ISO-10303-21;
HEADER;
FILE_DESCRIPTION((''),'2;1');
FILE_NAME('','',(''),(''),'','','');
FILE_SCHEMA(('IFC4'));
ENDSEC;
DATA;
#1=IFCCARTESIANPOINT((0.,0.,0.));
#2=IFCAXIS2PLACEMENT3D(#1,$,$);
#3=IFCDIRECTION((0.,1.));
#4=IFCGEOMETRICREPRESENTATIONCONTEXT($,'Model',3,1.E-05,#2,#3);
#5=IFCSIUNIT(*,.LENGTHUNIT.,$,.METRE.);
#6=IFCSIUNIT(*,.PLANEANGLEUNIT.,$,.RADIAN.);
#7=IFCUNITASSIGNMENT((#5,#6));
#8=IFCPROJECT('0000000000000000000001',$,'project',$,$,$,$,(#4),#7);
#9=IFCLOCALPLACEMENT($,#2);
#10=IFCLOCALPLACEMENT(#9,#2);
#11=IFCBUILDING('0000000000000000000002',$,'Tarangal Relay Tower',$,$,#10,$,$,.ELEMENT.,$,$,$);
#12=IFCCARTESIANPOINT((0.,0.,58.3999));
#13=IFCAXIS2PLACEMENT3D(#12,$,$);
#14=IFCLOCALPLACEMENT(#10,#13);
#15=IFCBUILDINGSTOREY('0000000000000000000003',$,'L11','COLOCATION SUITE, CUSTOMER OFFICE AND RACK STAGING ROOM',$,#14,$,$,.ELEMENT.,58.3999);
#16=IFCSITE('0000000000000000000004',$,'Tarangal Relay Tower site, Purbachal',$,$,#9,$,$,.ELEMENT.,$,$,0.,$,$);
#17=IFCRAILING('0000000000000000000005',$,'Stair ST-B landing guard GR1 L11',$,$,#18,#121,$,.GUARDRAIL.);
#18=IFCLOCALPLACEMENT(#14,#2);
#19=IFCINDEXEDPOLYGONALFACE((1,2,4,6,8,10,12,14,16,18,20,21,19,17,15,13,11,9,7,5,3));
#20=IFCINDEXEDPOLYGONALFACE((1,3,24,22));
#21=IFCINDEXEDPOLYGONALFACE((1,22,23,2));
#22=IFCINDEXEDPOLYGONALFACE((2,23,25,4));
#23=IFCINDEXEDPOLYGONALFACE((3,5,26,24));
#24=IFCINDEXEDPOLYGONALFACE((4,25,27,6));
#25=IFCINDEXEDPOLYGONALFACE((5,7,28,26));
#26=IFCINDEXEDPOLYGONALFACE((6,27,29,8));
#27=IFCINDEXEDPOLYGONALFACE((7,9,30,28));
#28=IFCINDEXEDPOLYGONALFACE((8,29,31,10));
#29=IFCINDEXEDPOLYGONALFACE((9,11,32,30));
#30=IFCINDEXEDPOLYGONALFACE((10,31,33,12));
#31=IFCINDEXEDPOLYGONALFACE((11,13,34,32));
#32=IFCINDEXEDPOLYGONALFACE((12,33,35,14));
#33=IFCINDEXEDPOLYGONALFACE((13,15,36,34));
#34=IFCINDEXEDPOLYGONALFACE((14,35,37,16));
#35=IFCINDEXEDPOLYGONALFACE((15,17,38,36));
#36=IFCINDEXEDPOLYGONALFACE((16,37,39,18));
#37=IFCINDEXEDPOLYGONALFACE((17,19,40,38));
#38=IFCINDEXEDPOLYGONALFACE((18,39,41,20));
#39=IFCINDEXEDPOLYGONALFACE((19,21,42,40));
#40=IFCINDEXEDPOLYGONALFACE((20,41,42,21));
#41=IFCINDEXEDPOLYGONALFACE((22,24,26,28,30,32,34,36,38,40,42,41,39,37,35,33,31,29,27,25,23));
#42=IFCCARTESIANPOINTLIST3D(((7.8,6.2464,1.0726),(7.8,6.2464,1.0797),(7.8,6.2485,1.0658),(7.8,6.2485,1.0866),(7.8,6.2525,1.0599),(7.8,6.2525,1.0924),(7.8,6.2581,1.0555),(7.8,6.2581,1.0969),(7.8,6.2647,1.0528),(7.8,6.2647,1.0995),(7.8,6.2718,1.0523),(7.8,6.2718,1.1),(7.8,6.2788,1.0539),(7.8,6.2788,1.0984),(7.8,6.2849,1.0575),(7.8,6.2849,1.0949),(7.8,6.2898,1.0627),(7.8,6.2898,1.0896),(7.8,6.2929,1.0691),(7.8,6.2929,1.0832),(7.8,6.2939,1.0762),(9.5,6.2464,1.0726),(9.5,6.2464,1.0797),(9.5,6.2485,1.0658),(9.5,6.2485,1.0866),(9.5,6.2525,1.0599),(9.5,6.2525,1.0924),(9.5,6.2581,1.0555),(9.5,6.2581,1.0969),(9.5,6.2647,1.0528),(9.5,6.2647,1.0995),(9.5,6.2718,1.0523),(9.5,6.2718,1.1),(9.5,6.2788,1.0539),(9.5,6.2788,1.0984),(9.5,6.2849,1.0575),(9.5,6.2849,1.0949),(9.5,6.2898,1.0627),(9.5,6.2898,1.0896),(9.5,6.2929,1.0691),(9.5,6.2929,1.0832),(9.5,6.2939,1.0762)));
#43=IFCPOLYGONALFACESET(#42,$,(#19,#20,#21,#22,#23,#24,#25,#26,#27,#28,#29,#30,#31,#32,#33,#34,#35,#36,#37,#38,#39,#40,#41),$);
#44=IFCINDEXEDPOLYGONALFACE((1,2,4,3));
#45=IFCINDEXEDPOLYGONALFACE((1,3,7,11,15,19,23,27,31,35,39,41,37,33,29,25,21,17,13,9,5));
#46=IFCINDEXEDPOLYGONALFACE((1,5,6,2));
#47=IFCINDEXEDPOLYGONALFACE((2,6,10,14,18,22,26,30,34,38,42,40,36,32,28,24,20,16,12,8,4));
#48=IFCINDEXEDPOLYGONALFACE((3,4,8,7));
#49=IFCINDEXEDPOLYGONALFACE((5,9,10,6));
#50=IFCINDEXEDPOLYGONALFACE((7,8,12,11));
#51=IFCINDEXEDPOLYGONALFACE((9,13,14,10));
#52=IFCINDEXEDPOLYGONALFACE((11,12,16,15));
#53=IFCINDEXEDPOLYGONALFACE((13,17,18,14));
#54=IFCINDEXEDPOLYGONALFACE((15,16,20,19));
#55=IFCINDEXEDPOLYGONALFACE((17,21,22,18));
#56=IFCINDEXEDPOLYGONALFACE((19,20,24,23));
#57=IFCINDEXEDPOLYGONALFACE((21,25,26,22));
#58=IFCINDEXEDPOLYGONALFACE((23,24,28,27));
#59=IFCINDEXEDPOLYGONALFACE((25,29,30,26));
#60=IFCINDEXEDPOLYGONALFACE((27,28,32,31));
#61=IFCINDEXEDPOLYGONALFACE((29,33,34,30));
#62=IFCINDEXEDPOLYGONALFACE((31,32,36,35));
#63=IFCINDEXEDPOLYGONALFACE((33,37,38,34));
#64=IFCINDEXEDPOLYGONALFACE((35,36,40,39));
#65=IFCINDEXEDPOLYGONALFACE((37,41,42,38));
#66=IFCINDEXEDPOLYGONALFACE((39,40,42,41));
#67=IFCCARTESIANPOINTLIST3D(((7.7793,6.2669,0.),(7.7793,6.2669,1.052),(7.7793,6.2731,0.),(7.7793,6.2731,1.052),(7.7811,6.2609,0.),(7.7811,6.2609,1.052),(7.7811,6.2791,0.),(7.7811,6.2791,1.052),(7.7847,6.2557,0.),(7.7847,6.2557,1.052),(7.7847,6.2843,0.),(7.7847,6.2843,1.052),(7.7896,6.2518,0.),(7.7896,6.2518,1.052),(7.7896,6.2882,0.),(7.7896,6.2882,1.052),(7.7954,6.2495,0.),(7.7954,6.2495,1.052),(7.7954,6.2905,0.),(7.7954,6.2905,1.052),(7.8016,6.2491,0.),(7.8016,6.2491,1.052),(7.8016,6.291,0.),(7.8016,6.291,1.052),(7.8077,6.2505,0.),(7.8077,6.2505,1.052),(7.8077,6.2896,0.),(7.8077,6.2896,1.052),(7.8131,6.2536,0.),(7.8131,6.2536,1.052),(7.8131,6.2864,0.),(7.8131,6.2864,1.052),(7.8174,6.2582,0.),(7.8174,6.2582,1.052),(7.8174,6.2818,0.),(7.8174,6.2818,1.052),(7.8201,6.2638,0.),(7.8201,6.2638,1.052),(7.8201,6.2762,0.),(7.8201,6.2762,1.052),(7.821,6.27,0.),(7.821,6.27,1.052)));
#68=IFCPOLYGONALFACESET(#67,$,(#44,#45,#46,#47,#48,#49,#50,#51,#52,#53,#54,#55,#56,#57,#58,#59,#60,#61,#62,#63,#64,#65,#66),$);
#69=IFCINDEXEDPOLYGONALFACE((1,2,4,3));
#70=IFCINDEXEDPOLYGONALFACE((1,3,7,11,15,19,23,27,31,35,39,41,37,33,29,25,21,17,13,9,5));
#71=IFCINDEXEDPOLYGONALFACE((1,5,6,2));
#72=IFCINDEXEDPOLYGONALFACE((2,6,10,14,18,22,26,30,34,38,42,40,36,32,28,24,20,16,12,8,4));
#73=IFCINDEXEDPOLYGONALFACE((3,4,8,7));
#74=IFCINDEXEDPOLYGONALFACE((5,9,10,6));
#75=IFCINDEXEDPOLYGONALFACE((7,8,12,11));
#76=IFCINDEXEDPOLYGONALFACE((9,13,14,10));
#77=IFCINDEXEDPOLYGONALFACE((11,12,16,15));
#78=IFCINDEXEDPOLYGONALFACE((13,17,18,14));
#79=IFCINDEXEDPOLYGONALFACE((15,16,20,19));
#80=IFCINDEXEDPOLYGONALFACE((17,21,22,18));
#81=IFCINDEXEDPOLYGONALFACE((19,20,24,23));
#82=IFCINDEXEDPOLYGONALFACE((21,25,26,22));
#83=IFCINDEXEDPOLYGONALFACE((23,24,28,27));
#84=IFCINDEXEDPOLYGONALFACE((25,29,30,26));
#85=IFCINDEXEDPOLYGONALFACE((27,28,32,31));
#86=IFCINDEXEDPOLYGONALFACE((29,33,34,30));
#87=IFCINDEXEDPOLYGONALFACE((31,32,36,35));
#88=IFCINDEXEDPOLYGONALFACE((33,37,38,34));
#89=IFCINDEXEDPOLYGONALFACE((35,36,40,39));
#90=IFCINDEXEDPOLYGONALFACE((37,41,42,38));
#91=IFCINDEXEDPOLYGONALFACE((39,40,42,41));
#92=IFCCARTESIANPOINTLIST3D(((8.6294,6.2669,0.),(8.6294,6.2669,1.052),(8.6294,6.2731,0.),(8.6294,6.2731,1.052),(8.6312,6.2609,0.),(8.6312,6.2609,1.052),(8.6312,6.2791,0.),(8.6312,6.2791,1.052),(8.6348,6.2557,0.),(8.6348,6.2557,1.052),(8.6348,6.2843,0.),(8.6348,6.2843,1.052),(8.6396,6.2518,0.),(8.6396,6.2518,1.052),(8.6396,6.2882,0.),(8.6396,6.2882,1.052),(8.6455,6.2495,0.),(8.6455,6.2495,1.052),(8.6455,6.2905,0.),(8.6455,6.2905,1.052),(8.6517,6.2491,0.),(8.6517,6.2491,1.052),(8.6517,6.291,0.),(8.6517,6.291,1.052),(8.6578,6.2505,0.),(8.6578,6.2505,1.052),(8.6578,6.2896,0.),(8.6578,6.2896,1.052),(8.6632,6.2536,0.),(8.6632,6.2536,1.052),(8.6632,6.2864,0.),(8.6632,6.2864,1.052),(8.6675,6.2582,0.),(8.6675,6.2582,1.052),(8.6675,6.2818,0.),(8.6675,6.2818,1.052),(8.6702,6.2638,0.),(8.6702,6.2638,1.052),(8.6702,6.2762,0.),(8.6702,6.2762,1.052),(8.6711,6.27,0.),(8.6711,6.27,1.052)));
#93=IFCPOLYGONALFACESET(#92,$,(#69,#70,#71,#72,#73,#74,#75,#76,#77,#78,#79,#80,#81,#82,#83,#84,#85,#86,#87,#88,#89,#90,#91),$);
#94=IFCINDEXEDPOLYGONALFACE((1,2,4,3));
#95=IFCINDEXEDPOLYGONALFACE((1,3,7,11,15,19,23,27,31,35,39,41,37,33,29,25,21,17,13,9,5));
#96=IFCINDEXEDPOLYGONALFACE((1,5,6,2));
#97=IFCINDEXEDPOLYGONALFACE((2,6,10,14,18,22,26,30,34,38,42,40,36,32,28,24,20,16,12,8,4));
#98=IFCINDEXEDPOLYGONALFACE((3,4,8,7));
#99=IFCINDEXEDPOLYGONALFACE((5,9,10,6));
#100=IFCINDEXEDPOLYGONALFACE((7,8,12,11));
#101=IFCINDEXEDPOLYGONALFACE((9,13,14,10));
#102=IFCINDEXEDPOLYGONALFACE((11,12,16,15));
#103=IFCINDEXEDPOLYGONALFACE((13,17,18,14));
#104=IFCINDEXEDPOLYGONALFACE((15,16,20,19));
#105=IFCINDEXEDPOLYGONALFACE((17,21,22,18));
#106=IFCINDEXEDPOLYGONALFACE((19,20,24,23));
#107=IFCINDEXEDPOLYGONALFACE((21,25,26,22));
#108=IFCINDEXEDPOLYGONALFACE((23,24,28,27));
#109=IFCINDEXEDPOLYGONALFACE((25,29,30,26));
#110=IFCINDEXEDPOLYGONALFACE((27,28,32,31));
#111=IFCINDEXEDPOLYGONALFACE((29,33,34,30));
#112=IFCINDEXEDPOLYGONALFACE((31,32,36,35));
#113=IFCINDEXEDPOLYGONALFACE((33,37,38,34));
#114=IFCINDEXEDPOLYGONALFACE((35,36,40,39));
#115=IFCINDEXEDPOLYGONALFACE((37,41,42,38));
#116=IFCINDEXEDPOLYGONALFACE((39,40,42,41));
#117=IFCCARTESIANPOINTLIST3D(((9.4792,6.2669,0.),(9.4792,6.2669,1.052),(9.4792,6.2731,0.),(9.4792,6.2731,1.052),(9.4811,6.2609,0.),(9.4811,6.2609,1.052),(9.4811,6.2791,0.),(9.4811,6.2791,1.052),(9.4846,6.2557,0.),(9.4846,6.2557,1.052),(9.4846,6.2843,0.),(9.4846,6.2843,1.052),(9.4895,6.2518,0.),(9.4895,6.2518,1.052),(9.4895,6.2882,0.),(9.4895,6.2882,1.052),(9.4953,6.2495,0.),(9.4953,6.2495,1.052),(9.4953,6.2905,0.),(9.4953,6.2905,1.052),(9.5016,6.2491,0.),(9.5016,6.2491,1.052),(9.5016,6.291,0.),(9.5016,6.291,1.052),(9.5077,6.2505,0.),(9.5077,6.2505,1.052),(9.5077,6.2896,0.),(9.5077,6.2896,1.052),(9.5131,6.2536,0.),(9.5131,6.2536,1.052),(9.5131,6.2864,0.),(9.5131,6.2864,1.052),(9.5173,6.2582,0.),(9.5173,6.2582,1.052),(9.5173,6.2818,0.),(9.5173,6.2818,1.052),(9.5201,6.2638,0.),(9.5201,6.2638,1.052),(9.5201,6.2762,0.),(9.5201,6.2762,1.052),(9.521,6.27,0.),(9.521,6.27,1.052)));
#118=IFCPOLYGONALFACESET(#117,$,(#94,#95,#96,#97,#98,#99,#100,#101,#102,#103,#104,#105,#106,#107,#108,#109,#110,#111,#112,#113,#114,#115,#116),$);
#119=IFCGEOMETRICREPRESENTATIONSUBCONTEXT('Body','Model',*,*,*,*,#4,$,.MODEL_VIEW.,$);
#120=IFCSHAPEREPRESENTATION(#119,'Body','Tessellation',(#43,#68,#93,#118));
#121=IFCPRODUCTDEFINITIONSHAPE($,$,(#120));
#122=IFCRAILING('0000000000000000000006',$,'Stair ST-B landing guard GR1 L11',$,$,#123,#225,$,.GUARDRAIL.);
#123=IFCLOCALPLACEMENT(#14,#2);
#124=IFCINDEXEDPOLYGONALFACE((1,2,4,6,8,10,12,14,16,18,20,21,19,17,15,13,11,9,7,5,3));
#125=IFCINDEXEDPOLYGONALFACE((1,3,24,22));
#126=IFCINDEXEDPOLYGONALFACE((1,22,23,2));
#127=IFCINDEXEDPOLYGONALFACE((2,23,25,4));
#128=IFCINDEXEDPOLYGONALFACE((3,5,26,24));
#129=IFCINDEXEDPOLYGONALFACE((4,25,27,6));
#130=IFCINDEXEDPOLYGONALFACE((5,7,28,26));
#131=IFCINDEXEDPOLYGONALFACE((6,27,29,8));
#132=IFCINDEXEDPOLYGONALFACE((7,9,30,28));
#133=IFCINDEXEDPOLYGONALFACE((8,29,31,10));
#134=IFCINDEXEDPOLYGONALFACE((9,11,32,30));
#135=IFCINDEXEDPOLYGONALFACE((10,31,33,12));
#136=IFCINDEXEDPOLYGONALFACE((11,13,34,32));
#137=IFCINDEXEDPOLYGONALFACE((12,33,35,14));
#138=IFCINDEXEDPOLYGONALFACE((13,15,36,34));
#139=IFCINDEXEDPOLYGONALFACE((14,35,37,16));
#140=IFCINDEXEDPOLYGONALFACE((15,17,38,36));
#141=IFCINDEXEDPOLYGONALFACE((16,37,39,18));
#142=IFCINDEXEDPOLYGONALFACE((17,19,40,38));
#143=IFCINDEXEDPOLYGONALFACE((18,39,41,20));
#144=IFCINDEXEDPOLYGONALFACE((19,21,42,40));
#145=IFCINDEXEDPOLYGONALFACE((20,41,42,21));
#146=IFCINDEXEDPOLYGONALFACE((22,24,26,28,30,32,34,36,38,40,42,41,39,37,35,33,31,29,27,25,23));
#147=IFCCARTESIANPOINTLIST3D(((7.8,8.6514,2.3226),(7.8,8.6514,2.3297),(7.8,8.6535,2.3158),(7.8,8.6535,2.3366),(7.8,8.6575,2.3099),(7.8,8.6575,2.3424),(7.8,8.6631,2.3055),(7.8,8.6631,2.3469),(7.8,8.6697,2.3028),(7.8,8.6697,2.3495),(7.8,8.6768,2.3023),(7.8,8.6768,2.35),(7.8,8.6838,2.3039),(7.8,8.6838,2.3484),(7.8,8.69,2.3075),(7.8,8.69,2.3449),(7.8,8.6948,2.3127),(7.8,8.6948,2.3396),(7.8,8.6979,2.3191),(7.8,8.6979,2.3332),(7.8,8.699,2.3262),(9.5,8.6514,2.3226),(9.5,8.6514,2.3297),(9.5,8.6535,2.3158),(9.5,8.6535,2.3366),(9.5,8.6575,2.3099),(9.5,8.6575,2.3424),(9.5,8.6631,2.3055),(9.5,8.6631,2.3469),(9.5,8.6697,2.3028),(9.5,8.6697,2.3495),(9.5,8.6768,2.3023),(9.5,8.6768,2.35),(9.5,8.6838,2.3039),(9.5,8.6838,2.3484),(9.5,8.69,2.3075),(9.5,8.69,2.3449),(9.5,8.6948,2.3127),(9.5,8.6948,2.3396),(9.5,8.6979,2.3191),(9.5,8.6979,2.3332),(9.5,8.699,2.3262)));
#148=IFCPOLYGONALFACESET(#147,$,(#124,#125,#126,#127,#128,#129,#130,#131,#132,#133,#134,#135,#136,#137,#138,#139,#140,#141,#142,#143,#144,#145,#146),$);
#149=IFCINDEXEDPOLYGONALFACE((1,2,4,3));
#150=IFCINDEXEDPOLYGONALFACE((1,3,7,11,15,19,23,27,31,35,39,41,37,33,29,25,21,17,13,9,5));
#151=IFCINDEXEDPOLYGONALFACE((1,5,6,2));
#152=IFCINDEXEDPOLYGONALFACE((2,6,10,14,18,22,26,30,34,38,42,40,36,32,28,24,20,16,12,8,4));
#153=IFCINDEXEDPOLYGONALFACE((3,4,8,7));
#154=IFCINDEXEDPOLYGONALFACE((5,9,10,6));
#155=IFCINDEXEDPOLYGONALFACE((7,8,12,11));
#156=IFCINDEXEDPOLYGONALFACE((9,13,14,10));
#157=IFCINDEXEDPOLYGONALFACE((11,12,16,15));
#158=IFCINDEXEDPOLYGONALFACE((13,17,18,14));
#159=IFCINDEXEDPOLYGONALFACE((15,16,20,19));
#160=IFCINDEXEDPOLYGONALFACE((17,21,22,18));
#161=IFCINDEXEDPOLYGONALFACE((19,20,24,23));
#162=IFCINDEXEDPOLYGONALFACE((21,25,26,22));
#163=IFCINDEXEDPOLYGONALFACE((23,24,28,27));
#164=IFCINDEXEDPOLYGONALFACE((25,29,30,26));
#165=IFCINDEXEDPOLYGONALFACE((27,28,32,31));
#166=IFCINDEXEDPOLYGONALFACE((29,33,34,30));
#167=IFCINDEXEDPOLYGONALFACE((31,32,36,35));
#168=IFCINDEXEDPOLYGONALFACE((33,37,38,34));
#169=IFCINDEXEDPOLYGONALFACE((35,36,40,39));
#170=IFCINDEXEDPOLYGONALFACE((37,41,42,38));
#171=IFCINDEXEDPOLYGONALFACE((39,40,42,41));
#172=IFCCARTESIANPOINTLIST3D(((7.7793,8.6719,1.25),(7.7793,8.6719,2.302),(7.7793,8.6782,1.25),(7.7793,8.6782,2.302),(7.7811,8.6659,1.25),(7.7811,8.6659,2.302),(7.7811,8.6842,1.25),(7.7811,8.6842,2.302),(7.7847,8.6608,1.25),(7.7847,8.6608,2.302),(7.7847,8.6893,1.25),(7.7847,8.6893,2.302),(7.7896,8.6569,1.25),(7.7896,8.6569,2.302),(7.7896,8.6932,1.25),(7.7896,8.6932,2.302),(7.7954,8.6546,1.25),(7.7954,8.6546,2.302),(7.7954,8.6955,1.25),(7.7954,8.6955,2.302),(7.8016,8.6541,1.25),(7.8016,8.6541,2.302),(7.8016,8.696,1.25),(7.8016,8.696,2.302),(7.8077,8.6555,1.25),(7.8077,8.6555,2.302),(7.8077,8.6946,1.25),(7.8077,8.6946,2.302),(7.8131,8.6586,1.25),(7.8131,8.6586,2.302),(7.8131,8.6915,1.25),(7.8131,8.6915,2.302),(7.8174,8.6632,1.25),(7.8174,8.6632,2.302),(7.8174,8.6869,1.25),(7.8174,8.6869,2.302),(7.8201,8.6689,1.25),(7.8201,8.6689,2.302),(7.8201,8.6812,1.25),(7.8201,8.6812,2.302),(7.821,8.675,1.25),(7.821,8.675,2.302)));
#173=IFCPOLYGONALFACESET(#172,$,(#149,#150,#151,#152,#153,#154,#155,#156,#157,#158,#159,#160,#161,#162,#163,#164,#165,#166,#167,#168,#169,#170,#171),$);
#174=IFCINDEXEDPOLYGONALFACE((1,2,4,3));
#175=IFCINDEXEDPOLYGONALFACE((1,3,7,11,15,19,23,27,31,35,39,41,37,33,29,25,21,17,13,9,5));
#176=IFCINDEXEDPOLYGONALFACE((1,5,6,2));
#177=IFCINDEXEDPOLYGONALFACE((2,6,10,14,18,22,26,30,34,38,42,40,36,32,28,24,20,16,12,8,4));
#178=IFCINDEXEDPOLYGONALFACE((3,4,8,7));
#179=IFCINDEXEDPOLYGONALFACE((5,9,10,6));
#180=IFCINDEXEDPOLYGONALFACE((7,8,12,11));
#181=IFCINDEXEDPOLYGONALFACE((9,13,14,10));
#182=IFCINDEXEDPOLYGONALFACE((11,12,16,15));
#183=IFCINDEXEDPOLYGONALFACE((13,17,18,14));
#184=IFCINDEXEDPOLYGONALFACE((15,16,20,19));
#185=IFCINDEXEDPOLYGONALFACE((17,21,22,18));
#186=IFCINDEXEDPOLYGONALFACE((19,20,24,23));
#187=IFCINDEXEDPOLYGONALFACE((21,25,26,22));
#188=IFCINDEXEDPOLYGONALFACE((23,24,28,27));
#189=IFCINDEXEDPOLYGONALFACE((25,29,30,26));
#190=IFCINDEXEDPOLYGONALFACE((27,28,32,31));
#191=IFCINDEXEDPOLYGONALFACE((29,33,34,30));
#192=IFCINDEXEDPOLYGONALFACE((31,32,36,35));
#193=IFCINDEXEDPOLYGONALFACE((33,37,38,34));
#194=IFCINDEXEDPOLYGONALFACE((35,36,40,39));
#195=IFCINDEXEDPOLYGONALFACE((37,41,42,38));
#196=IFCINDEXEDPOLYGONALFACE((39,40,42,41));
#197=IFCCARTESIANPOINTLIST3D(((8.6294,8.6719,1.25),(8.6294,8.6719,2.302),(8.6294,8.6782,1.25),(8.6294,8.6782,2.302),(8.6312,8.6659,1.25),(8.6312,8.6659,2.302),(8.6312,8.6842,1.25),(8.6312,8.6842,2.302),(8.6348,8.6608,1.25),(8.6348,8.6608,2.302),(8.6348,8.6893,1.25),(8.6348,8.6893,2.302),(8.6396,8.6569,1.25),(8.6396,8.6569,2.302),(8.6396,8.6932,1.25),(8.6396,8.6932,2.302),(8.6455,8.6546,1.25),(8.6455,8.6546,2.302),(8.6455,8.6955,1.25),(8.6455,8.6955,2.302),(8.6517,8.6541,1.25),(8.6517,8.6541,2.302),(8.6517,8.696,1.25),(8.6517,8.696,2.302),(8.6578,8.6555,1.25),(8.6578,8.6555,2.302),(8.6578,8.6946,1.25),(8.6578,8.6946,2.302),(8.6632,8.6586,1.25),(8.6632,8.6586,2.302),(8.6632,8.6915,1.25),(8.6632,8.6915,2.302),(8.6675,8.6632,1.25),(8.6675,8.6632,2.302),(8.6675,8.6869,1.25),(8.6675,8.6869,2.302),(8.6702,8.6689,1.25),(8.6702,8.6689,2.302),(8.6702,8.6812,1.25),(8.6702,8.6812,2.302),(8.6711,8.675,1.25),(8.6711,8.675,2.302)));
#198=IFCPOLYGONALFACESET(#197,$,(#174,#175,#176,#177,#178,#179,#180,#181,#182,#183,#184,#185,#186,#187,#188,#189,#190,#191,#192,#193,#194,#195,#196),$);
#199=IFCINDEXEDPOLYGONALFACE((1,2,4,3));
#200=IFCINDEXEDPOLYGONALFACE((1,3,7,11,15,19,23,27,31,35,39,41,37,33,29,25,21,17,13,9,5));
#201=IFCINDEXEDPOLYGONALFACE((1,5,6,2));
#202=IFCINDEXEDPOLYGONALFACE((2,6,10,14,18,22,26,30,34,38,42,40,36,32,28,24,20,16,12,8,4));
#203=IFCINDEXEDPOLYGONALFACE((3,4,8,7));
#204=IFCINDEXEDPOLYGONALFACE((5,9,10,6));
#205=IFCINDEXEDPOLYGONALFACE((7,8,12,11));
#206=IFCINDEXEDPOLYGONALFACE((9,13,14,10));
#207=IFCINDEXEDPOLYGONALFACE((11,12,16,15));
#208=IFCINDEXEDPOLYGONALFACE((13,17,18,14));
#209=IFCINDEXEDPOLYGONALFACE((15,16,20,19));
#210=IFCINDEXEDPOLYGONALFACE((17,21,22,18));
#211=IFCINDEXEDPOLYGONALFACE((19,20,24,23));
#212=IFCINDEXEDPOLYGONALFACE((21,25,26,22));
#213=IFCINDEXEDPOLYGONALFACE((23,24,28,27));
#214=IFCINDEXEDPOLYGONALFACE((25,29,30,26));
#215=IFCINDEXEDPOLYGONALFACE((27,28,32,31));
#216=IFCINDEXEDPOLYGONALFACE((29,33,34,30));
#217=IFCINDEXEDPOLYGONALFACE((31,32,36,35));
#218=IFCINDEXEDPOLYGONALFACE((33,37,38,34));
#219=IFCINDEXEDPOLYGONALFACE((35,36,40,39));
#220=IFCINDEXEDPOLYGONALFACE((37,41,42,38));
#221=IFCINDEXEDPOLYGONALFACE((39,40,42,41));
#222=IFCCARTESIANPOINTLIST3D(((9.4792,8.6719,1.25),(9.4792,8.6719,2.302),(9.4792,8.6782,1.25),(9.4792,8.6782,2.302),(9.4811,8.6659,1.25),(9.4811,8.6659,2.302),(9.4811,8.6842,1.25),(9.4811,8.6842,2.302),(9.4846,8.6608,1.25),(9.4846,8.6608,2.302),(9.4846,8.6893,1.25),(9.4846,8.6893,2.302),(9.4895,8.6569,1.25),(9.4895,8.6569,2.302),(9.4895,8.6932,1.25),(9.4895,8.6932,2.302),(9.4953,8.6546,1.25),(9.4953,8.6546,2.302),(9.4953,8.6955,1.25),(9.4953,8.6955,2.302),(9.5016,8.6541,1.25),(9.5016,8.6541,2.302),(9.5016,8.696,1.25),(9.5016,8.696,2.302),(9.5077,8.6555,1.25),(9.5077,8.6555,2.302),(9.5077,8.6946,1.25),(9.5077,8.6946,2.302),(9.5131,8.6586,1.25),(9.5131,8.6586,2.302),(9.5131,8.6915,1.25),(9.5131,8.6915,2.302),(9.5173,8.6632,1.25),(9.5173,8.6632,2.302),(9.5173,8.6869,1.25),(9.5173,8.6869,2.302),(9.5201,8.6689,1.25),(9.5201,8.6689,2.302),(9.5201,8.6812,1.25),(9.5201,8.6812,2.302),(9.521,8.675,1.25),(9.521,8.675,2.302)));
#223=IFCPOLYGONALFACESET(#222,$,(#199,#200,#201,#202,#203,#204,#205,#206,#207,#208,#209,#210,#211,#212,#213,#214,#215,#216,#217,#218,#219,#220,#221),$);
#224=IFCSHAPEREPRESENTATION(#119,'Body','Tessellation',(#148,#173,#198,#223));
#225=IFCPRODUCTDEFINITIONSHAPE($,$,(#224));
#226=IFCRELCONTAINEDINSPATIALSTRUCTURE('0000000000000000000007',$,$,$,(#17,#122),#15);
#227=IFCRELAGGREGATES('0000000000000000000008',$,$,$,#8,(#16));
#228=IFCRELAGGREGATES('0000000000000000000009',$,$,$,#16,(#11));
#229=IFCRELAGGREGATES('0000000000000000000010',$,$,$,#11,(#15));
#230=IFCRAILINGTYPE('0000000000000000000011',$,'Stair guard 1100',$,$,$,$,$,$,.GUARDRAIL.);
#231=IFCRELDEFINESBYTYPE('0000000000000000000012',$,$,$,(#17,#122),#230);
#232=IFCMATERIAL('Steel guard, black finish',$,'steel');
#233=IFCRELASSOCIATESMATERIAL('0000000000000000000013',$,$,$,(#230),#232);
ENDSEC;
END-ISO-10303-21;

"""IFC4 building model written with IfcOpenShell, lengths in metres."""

from ifc_helpers import new_model, si_unit, direction, frame, origin, origin_2d, place, context, subcontext, project, spatial, circle, extrude, material, type_object, element, save


model = new_model("IFC4")

# Units and contexts
model_context = context("Model", 3, precision=1e-05, world=origin(), true_north=direction((0.0, 1.0)))
body_context = subcontext(model_context, "Body", "Model", "MODEL_VIEW")
ifc_project = project(units=[si_unit("LENGTHUNIT", "METRE"), si_unit("PLANEANGLEUNIT", "RADIAN")], contexts=[model_context])

# Site, building, storey
site_placement = place(None, origin())
site = spatial("IfcSite", under=ifc_project, at=site_placement, Name="Tarangal Relay Tower site, Purbachal", CompositionType="ELEMENT", RefElevation=0.0)
building_placement = place(site_placement, origin())
building = spatial("IfcBuilding", under=site, at=building_placement, Name="Tarangal Relay Tower", CompositionType="ELEMENT")
storey_placement = place(building_placement, frame((0.0, 0.0, 58.3999)))
storey = spatial("IfcBuildingStorey", under=building, at=storey_placement, Name="L11", Description="COLOCATION SUITE, CUSTOMER OFFICE AND RACK STAGING ROOM", CompositionType="ELEMENT", Elevation=58.3999)

# Railings
ifc_material_1 = material(Name="Steel guard, black finish", Category="steel")
railing_type_1 = type_object("IfcRailingType", Name="Stair guard 1100", PredefinedType="GUARDRAIL", material=ifc_material_1)
for number, where, name in (
    (1, (7.8, 6.27, 0.0), "Stair ST-B landing guard GR1 L11"),
    (2, (7.8, 8.675, 1.25), "Stair ST-B landing guard GR1 L11"),
):
    element("IfcRailing", number, at=place(storey_placement, frame(where)), inside=storey, type_object=railing_type_1, Name=name, PredefinedType="GUARDRAIL", context=body_context, shape_type="SweptSolid", body=[
        extrude(circle(Radius=0.0239, at=origin_2d()), frame((0.0, 0.0, 1.0762), z_axis=(1.0, 0.0, 0.0), x_axis=(0.0, 1.0, 0.0)), (0.0, 0.0, 1.0), 1.7),
        extrude(circle(Radius=0.021, at=origin_2d()), origin(), (0.0, 0.0, 1.0), 1.052),
        extrude(circle(Radius=0.021, at=origin_2d()), frame((0.8501, 0.0, 0.0)), (0.0, 0.0, 1.0), 1.052),
        extrude(circle(Radius=0.021, at=origin_2d()), frame((1.7, 0.0, 0.0)), (0.0, 0.0, 1.0), 1.052),
    ])

save(model, "model.ifc")
